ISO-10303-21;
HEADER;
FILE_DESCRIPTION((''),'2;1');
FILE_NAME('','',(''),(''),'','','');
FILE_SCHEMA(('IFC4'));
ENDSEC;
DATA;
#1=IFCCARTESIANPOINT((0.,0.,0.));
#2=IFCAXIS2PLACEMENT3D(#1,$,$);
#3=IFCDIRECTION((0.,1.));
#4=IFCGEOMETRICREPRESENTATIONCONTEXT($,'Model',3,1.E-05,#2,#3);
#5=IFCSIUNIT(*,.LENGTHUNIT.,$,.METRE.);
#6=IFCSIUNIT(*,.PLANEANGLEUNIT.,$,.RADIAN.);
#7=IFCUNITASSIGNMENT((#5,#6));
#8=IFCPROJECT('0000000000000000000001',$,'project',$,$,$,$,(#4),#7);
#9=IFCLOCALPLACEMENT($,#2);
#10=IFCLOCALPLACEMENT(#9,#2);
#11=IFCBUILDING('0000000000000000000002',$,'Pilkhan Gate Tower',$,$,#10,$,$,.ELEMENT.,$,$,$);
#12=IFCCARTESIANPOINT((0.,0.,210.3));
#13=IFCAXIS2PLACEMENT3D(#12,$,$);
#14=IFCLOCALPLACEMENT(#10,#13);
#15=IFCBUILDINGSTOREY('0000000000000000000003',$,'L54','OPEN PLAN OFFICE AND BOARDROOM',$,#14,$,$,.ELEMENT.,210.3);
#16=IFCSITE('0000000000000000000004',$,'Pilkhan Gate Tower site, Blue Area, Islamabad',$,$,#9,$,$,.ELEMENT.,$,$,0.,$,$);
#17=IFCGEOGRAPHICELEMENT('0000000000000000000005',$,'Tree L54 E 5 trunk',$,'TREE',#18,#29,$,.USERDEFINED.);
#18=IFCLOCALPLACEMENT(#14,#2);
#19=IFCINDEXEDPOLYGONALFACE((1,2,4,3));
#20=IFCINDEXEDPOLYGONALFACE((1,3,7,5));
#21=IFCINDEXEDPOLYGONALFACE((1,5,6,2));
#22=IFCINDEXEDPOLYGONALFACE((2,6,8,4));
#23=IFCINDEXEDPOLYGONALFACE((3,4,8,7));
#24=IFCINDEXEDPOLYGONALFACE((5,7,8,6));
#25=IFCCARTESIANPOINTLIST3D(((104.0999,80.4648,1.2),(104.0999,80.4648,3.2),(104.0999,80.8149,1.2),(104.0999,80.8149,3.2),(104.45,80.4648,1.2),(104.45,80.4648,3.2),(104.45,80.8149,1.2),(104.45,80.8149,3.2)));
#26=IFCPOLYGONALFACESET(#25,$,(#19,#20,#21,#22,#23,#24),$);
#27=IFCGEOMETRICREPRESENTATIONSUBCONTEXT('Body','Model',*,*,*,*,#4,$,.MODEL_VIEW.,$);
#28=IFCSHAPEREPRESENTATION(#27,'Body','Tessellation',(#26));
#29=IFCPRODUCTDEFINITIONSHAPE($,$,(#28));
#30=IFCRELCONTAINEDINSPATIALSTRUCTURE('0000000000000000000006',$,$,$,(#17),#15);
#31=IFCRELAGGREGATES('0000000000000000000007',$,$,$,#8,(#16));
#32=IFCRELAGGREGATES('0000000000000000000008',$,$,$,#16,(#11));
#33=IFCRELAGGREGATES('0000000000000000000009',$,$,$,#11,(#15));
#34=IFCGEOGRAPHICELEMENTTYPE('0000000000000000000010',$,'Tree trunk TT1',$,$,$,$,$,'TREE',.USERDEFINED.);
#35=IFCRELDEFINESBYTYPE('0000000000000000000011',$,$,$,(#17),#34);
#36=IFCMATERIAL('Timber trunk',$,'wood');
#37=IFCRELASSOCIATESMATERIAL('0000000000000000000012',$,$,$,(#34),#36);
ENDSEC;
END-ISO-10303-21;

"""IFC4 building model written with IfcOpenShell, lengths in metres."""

from ifc_helpers import new_model, si_unit, direction, frame, origin, origin_2d, place, context, subcontext, project, spatial, rectangle, extrude, material, type_object, element, save


model = new_model("IFC4")

# Units and contexts
model_context = context("Model", 3, precision=1e-05, world=origin(), true_north=direction((0.0, 1.0)))
body_context = subcontext(model_context, "Body", "Model", "MODEL_VIEW")
ifc_project = project(units=[si_unit("LENGTHUNIT", "METRE"), si_unit("PLANEANGLEUNIT", "RADIAN")], contexts=[model_context])

# Site, building, storey
site_placement = place(None, origin())
site = spatial("IfcSite", under=ifc_project, at=site_placement, Name="Pilkhan Gate Tower site, Blue Area, Islamabad", CompositionType="ELEMENT", RefElevation=0.0)
building_placement = place(site_placement, origin())
building = spatial("IfcBuilding", under=site, at=building_placement, Name="Pilkhan Gate Tower", CompositionType="ELEMENT")
storey_placement = place(building_placement, frame((0.0, 0.0, 210.3)))
storey = spatial("IfcBuildingStorey", under=building, at=storey_placement, Name="L54", Description="OPEN PLAN OFFICE AND BOARDROOM", CompositionType="ELEMENT", Elevation=210.3)

# Geographic element
ifc_material_1 = material(Name="Timber trunk", Category="wood")
geographic_element_type_1 = type_object("IfcGeographicElementType", Name="Tree trunk TT1", ElementType="TREE", PredefinedType="USERDEFINED", material=ifc_material_1)
for number, where, z_axis, x_axis, name in (
    (1, (104.2749, 80.6399, 1.2), (0.0, 0.0, 1.0), (1.0, 0.0, 0.0), "Tree L54 E 5 trunk"),
):
    element("IfcGeographicElement", number, at=place(storey_placement, frame(where, z_axis=z_axis, x_axis=x_axis)), inside=storey, type_object=geographic_element_type_1, Name=name, ObjectType="TREE", PredefinedType="USERDEFINED", context=body_context, shape_type="SweptSolid", body=[
        extrude(rectangle(XDim=0.3501, YDim=0.3501, at=origin_2d()), origin(), (0.0, 0.0, 1.0), 2.0),
    ])

save(model, "model.ifc")
